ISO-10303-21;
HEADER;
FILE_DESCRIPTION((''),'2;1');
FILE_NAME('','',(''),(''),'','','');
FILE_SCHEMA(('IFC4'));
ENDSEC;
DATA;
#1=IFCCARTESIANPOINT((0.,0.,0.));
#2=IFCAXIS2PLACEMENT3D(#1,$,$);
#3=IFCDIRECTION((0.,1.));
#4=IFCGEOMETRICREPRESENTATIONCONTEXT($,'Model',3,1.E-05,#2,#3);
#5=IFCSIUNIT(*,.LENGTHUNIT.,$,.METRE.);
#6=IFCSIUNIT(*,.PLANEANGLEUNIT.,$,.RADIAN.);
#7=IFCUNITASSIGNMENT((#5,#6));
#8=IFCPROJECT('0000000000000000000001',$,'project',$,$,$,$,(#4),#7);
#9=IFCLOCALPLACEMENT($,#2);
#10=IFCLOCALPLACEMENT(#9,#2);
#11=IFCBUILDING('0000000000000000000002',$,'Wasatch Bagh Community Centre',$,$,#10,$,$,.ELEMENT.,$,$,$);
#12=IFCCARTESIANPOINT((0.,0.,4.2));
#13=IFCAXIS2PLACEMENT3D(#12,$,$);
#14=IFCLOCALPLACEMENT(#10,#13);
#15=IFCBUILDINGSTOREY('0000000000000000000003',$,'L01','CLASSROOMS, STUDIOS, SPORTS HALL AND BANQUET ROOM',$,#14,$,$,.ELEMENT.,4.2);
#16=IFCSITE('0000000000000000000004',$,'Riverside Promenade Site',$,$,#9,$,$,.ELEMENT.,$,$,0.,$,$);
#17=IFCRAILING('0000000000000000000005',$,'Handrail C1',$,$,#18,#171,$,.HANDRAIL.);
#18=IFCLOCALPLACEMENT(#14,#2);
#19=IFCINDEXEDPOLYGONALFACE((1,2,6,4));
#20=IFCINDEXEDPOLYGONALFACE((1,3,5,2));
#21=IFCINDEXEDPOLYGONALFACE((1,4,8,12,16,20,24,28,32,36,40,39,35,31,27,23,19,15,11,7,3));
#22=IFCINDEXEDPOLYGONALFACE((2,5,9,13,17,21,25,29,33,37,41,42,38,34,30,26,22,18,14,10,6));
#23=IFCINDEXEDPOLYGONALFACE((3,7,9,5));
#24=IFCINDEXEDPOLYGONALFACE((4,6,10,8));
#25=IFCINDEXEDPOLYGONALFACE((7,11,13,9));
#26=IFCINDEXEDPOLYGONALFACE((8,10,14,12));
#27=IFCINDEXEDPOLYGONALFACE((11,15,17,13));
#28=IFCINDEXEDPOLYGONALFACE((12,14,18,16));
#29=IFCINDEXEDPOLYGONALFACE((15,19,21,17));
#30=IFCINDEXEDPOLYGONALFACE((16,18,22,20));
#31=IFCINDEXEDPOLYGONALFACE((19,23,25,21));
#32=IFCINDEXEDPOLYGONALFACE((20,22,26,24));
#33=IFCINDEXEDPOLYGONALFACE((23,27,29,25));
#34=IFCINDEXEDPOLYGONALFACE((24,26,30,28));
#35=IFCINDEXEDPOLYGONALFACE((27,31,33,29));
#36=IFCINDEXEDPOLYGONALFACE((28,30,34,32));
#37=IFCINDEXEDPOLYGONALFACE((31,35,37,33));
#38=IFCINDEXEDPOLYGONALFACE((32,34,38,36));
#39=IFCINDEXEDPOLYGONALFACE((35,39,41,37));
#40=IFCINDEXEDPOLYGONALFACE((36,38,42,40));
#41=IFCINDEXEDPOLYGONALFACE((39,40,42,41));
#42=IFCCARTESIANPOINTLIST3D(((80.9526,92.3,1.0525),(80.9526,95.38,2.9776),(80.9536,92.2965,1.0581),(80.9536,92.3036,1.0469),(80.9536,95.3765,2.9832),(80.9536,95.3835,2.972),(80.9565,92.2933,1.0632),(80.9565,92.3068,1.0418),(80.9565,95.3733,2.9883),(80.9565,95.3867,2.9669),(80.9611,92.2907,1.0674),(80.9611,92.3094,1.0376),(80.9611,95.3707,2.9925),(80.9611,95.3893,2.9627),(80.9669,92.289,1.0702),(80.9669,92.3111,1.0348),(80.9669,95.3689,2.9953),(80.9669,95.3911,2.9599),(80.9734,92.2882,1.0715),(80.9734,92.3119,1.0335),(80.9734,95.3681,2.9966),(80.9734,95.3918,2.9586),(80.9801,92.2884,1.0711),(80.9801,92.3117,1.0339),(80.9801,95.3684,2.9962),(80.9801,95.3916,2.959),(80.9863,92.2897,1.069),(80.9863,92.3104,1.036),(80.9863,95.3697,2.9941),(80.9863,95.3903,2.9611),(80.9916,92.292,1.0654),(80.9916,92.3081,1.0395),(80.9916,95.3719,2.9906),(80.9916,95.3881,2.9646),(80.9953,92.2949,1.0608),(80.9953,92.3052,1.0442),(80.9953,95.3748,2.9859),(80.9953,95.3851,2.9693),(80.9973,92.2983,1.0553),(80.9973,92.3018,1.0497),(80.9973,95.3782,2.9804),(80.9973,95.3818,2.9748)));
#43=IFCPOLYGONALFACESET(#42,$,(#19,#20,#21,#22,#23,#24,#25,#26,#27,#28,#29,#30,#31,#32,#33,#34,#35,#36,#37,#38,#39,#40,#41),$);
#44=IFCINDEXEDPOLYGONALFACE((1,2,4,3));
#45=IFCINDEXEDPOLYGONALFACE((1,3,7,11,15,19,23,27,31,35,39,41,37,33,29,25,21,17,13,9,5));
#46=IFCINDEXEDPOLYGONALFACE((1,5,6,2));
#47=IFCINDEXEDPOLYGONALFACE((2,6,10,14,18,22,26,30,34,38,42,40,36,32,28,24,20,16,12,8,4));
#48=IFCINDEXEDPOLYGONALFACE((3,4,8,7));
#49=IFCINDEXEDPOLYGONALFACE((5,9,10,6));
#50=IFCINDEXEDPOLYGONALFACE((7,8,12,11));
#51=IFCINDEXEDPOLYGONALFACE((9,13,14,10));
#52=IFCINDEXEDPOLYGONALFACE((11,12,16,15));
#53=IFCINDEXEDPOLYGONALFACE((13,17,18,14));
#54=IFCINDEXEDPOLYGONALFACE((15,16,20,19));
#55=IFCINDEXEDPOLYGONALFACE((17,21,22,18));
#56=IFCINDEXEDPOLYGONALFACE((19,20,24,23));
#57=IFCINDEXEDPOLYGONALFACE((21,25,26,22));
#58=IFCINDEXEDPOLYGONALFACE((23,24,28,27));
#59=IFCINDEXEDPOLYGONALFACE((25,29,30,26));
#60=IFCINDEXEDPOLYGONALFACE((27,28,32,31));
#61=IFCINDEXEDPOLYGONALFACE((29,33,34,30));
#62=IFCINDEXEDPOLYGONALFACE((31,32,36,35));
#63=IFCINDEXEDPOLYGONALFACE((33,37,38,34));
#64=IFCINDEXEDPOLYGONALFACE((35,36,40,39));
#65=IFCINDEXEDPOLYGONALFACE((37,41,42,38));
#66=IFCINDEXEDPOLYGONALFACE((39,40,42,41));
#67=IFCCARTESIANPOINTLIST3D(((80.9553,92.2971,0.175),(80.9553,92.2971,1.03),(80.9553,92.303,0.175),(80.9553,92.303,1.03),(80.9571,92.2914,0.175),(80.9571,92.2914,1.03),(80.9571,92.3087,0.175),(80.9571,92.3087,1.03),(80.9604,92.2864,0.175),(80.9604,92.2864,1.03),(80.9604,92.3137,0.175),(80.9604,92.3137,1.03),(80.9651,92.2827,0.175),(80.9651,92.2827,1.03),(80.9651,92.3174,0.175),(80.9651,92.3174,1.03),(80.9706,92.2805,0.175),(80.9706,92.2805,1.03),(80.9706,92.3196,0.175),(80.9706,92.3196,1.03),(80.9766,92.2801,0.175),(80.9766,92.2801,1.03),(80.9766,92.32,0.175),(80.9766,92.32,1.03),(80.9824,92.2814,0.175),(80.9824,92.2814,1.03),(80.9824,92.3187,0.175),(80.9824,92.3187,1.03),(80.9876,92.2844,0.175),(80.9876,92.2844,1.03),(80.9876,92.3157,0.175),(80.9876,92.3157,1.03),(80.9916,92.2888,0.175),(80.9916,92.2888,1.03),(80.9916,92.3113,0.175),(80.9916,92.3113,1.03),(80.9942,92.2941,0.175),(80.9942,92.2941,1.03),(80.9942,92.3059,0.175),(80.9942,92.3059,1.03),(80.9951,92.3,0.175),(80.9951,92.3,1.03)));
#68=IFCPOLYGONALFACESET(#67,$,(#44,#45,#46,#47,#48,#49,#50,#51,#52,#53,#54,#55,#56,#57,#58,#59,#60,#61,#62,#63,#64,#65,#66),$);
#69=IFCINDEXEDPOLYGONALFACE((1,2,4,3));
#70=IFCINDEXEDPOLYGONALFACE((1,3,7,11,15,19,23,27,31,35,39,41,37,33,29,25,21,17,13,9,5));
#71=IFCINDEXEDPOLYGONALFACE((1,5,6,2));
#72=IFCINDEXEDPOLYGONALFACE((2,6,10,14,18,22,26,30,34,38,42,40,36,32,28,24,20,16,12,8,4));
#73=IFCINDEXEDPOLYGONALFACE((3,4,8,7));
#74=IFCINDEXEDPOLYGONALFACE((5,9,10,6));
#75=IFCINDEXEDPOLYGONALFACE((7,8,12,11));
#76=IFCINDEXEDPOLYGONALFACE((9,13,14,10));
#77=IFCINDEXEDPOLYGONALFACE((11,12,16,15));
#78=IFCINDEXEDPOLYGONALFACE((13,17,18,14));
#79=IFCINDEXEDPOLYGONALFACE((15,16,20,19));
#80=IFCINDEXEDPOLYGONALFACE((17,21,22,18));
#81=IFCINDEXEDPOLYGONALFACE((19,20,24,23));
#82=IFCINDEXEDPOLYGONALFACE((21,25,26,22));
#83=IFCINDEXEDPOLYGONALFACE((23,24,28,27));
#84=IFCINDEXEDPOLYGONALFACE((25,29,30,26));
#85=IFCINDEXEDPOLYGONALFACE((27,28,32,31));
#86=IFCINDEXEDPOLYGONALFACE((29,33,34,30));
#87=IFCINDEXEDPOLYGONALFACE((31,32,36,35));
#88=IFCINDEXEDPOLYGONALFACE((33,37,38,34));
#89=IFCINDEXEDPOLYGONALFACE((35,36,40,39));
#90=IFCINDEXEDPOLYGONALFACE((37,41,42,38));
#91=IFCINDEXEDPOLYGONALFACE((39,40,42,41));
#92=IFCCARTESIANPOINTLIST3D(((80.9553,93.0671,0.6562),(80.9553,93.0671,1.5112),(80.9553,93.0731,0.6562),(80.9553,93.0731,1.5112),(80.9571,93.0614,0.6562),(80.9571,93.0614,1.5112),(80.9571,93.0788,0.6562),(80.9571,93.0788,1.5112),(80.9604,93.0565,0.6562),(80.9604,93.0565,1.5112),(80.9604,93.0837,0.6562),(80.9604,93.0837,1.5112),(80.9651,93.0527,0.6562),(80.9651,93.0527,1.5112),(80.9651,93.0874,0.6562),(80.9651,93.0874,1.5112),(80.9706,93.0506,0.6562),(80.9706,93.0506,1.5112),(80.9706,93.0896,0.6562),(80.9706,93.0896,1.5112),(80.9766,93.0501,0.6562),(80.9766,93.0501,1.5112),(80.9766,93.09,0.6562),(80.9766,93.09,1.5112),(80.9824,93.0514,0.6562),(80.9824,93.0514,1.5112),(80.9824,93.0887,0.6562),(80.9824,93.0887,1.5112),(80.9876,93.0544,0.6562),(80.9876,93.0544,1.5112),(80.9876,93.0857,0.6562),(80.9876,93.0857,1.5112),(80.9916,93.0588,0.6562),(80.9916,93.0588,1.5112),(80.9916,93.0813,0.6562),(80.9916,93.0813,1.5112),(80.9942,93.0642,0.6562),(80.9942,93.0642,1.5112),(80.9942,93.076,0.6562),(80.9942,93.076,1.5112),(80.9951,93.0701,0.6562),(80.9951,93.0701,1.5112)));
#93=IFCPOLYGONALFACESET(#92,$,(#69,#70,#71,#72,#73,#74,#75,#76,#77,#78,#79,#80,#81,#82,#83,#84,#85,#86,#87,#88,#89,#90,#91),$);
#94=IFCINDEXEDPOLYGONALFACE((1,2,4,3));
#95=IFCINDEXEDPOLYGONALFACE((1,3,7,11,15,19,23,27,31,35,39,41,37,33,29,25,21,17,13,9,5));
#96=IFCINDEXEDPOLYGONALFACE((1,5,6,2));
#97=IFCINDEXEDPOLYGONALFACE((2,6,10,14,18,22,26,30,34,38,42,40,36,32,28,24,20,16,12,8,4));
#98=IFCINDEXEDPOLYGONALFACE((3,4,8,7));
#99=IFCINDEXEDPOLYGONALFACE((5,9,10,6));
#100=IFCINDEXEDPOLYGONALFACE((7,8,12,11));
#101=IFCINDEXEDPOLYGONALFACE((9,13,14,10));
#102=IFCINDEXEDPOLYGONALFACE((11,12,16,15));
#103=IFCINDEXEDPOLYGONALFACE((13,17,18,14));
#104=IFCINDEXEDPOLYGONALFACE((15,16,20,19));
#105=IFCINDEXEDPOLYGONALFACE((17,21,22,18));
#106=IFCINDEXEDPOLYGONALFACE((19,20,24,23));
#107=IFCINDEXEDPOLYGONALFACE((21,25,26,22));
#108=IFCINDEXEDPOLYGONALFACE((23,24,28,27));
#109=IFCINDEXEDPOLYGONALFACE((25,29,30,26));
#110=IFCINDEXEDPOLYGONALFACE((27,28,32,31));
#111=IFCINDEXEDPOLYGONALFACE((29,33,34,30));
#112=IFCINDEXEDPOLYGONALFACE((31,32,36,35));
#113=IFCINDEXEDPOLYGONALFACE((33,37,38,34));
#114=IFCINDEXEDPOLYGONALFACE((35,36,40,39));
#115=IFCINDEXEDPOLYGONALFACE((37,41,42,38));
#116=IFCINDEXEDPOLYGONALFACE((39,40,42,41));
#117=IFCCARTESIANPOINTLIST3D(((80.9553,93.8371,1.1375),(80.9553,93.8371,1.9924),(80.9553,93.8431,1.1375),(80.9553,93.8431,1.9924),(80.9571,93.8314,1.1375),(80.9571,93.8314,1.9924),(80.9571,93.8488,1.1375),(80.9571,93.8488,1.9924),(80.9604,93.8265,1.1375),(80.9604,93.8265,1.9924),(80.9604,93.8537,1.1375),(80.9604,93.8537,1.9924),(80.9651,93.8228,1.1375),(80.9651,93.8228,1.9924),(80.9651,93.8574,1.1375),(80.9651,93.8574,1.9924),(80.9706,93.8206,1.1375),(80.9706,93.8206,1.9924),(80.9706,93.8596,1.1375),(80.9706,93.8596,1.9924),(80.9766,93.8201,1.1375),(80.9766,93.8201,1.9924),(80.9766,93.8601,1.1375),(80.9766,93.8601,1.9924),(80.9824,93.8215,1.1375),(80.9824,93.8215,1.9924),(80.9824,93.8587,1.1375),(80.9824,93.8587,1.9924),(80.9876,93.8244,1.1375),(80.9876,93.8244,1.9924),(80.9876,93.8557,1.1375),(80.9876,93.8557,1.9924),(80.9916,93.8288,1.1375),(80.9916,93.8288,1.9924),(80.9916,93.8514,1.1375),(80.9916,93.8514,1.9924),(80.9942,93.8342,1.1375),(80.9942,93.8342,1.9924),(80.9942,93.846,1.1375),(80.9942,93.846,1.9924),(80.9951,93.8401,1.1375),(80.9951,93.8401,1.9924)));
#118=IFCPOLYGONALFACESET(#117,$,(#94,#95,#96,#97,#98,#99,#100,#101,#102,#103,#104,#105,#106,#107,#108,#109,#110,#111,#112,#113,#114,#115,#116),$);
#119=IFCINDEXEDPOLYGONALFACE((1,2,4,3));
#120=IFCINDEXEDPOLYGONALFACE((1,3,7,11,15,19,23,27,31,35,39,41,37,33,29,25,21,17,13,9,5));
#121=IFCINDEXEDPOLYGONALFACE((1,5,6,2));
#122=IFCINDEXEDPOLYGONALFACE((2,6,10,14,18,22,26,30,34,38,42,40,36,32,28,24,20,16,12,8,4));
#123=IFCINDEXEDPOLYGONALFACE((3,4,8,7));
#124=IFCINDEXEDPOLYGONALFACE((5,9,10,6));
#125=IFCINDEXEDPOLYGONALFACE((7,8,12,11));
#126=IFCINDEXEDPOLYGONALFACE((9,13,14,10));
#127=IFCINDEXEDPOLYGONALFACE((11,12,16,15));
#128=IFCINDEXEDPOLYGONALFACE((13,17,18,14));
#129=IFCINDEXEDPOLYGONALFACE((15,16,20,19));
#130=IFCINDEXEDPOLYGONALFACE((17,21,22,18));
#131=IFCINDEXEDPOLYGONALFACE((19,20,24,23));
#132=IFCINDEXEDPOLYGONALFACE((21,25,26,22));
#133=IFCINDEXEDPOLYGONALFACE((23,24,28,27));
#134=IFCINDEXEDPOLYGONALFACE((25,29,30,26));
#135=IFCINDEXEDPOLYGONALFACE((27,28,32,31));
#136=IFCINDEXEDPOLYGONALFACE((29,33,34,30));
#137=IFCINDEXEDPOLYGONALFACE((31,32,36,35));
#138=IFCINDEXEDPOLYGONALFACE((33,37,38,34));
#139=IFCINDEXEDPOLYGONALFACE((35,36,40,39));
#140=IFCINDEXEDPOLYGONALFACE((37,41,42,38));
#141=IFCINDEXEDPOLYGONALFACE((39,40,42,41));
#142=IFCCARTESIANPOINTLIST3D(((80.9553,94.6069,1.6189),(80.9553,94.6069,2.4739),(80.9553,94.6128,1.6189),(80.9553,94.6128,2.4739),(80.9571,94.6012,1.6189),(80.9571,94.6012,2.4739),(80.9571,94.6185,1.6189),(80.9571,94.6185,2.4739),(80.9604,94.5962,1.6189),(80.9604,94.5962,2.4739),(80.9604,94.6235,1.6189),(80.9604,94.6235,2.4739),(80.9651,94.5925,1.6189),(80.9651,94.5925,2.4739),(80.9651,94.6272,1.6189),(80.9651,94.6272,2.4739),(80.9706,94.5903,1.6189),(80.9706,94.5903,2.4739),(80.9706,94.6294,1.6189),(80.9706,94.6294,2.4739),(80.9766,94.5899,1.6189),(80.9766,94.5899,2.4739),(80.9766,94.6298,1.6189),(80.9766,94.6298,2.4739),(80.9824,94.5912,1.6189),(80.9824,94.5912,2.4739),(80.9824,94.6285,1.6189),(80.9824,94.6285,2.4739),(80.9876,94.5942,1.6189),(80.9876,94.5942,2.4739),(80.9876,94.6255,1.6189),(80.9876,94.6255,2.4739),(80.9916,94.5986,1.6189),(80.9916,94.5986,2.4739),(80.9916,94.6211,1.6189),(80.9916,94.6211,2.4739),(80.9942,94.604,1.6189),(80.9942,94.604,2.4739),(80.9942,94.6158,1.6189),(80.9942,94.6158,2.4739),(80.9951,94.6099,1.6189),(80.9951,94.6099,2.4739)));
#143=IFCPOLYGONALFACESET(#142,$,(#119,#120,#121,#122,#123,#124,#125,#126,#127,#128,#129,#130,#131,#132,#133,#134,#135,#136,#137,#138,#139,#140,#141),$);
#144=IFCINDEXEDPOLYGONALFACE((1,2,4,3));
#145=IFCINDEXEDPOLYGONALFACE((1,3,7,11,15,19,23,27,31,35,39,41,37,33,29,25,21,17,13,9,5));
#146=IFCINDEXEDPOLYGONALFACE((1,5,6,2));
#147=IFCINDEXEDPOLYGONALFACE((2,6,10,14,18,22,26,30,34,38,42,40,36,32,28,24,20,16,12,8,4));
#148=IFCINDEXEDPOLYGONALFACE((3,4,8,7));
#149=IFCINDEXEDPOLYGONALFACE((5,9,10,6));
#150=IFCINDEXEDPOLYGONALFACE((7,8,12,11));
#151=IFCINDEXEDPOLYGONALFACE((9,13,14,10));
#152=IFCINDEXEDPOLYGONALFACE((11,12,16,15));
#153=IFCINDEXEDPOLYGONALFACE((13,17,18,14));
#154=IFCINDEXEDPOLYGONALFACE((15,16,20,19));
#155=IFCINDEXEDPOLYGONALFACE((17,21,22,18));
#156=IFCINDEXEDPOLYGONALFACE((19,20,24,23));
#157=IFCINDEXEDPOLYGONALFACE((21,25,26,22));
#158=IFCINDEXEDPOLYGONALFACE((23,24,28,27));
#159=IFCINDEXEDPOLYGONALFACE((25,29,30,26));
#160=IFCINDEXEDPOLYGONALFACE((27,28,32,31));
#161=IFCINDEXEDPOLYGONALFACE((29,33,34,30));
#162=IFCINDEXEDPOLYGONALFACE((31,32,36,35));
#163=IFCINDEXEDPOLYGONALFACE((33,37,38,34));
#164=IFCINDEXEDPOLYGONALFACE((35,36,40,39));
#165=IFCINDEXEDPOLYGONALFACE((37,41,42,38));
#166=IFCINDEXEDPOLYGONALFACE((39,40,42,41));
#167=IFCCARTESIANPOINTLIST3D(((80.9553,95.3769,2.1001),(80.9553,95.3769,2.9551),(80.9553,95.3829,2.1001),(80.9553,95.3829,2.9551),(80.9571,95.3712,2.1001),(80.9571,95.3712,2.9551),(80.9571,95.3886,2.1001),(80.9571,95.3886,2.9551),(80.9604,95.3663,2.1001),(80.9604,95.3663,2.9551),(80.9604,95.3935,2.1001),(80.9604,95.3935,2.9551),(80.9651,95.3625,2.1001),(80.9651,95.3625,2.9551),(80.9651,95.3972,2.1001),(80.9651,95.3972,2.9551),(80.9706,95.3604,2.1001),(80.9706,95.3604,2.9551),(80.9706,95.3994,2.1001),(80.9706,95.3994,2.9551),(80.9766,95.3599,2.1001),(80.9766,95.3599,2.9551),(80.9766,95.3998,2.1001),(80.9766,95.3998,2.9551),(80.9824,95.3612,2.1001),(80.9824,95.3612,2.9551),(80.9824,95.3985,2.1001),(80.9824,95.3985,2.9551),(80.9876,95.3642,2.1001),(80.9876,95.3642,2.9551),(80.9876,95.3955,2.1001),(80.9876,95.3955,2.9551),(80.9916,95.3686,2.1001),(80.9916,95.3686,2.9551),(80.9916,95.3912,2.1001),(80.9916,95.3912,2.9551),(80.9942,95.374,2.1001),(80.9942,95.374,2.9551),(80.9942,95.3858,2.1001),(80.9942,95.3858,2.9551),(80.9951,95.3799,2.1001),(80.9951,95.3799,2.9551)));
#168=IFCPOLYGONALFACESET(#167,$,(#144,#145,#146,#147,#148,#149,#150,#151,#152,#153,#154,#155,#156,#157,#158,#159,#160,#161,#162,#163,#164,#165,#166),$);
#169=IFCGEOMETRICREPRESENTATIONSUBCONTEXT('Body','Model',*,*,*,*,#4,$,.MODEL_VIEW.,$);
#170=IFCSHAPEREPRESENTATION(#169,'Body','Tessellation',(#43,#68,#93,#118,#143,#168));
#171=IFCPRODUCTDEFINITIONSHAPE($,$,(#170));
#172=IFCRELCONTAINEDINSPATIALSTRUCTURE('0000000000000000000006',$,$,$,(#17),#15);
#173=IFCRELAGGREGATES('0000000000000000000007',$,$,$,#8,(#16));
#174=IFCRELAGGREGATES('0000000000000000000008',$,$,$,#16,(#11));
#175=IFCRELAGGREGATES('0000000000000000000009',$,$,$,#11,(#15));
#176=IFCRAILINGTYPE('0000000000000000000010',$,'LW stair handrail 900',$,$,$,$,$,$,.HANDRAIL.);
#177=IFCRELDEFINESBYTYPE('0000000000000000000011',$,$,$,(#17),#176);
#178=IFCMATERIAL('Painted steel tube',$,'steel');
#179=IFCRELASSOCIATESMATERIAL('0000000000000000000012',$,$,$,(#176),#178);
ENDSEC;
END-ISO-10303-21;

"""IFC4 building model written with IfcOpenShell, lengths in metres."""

from ifc_helpers import new_model, si_unit, direction, frame, origin, origin_2d, place, context, subcontext, project, spatial, circle, extrude, material, type_object, element, save


model = new_model("IFC4")

# Units and contexts
model_context = context("Model", 3, precision=1e-05, world=origin(), true_north=direction((0.0, 1.0)))
body_context = subcontext(model_context, "Body", "Model", "MODEL_VIEW")
ifc_project = project(units=[si_unit("LENGTHUNIT", "METRE"), si_unit("PLANEANGLEUNIT", "RADIAN")], contexts=[model_context])

# Site, building, storey
site_placement = place(None, origin())
site = spatial("IfcSite", under=ifc_project, at=site_placement, Name="Riverside Promenade Site", CompositionType="ELEMENT", RefElevation=0.0)
building_placement = place(site_placement, origin())
building = spatial("IfcBuilding", under=site, at=building_placement, Name="Wasatch Bagh Community Centre", CompositionType="ELEMENT")
storey_placement = place(building_placement, frame((0.0, 0.0, 4.2)))
storey = spatial("IfcBuildingStorey", under=building, at=storey_placement, Name="L01", Description="CLASSROOMS, STUDIOS, SPORTS HALL AND BANQUET ROOM", CompositionType="ELEMENT", Elevation=4.2)

# Railing
ifc_material_1 = material(Name="Painted steel tube", Category="steel")
railing_type = type_object("IfcRailingType", Name="LW stair handrail 900", PredefinedType="HANDRAIL", material=ifc_material_1)
railing_placement = place(storey_placement, frame((80.9751, 92.3, 0.175)))
element("IfcRailing", 1, at=railing_placement, inside=storey, type_object=railing_type, Name="Handrail C1", PredefinedType="HANDRAIL", context=body_context, shape_type="SweptSolid", body=[
    extrude(circle(Radius=0.0225, at=origin_2d()), frame((0.0, 0.0, 0.8774), z_axis=(0.0, 0.847979, 0.530029), x_axis=(-1.0, 0.0, 0.0)), (0.0, 0.0, 1.0), 3.6321),
    extrude(circle(Radius=0.02, at=origin_2d()), origin(), (0.0, 0.0, 1.0), 0.855),
    extrude(circle(Radius=0.02, at=origin_2d()), frame((0.0, 0.77, 0.4812)), (0.0, 0.0, 1.0), 0.855),
    extrude(circle(Radius=0.02, at=origin_2d()), frame((0.0, 1.54, 0.9624)), (0.0, 0.0, 1.0), 0.855),
    extrude(circle(Radius=0.02, at=origin_2d()), frame((0.0, 2.3098, 1.4438)), (0.0, 0.0, 1.0), 0.855),
    extrude(circle(Radius=0.02, at=origin_2d()), frame((0.0, 3.0798, 1.925)), (0.0, 0.0, 1.0), 0.855),
])

save(model, "model.ifc")
